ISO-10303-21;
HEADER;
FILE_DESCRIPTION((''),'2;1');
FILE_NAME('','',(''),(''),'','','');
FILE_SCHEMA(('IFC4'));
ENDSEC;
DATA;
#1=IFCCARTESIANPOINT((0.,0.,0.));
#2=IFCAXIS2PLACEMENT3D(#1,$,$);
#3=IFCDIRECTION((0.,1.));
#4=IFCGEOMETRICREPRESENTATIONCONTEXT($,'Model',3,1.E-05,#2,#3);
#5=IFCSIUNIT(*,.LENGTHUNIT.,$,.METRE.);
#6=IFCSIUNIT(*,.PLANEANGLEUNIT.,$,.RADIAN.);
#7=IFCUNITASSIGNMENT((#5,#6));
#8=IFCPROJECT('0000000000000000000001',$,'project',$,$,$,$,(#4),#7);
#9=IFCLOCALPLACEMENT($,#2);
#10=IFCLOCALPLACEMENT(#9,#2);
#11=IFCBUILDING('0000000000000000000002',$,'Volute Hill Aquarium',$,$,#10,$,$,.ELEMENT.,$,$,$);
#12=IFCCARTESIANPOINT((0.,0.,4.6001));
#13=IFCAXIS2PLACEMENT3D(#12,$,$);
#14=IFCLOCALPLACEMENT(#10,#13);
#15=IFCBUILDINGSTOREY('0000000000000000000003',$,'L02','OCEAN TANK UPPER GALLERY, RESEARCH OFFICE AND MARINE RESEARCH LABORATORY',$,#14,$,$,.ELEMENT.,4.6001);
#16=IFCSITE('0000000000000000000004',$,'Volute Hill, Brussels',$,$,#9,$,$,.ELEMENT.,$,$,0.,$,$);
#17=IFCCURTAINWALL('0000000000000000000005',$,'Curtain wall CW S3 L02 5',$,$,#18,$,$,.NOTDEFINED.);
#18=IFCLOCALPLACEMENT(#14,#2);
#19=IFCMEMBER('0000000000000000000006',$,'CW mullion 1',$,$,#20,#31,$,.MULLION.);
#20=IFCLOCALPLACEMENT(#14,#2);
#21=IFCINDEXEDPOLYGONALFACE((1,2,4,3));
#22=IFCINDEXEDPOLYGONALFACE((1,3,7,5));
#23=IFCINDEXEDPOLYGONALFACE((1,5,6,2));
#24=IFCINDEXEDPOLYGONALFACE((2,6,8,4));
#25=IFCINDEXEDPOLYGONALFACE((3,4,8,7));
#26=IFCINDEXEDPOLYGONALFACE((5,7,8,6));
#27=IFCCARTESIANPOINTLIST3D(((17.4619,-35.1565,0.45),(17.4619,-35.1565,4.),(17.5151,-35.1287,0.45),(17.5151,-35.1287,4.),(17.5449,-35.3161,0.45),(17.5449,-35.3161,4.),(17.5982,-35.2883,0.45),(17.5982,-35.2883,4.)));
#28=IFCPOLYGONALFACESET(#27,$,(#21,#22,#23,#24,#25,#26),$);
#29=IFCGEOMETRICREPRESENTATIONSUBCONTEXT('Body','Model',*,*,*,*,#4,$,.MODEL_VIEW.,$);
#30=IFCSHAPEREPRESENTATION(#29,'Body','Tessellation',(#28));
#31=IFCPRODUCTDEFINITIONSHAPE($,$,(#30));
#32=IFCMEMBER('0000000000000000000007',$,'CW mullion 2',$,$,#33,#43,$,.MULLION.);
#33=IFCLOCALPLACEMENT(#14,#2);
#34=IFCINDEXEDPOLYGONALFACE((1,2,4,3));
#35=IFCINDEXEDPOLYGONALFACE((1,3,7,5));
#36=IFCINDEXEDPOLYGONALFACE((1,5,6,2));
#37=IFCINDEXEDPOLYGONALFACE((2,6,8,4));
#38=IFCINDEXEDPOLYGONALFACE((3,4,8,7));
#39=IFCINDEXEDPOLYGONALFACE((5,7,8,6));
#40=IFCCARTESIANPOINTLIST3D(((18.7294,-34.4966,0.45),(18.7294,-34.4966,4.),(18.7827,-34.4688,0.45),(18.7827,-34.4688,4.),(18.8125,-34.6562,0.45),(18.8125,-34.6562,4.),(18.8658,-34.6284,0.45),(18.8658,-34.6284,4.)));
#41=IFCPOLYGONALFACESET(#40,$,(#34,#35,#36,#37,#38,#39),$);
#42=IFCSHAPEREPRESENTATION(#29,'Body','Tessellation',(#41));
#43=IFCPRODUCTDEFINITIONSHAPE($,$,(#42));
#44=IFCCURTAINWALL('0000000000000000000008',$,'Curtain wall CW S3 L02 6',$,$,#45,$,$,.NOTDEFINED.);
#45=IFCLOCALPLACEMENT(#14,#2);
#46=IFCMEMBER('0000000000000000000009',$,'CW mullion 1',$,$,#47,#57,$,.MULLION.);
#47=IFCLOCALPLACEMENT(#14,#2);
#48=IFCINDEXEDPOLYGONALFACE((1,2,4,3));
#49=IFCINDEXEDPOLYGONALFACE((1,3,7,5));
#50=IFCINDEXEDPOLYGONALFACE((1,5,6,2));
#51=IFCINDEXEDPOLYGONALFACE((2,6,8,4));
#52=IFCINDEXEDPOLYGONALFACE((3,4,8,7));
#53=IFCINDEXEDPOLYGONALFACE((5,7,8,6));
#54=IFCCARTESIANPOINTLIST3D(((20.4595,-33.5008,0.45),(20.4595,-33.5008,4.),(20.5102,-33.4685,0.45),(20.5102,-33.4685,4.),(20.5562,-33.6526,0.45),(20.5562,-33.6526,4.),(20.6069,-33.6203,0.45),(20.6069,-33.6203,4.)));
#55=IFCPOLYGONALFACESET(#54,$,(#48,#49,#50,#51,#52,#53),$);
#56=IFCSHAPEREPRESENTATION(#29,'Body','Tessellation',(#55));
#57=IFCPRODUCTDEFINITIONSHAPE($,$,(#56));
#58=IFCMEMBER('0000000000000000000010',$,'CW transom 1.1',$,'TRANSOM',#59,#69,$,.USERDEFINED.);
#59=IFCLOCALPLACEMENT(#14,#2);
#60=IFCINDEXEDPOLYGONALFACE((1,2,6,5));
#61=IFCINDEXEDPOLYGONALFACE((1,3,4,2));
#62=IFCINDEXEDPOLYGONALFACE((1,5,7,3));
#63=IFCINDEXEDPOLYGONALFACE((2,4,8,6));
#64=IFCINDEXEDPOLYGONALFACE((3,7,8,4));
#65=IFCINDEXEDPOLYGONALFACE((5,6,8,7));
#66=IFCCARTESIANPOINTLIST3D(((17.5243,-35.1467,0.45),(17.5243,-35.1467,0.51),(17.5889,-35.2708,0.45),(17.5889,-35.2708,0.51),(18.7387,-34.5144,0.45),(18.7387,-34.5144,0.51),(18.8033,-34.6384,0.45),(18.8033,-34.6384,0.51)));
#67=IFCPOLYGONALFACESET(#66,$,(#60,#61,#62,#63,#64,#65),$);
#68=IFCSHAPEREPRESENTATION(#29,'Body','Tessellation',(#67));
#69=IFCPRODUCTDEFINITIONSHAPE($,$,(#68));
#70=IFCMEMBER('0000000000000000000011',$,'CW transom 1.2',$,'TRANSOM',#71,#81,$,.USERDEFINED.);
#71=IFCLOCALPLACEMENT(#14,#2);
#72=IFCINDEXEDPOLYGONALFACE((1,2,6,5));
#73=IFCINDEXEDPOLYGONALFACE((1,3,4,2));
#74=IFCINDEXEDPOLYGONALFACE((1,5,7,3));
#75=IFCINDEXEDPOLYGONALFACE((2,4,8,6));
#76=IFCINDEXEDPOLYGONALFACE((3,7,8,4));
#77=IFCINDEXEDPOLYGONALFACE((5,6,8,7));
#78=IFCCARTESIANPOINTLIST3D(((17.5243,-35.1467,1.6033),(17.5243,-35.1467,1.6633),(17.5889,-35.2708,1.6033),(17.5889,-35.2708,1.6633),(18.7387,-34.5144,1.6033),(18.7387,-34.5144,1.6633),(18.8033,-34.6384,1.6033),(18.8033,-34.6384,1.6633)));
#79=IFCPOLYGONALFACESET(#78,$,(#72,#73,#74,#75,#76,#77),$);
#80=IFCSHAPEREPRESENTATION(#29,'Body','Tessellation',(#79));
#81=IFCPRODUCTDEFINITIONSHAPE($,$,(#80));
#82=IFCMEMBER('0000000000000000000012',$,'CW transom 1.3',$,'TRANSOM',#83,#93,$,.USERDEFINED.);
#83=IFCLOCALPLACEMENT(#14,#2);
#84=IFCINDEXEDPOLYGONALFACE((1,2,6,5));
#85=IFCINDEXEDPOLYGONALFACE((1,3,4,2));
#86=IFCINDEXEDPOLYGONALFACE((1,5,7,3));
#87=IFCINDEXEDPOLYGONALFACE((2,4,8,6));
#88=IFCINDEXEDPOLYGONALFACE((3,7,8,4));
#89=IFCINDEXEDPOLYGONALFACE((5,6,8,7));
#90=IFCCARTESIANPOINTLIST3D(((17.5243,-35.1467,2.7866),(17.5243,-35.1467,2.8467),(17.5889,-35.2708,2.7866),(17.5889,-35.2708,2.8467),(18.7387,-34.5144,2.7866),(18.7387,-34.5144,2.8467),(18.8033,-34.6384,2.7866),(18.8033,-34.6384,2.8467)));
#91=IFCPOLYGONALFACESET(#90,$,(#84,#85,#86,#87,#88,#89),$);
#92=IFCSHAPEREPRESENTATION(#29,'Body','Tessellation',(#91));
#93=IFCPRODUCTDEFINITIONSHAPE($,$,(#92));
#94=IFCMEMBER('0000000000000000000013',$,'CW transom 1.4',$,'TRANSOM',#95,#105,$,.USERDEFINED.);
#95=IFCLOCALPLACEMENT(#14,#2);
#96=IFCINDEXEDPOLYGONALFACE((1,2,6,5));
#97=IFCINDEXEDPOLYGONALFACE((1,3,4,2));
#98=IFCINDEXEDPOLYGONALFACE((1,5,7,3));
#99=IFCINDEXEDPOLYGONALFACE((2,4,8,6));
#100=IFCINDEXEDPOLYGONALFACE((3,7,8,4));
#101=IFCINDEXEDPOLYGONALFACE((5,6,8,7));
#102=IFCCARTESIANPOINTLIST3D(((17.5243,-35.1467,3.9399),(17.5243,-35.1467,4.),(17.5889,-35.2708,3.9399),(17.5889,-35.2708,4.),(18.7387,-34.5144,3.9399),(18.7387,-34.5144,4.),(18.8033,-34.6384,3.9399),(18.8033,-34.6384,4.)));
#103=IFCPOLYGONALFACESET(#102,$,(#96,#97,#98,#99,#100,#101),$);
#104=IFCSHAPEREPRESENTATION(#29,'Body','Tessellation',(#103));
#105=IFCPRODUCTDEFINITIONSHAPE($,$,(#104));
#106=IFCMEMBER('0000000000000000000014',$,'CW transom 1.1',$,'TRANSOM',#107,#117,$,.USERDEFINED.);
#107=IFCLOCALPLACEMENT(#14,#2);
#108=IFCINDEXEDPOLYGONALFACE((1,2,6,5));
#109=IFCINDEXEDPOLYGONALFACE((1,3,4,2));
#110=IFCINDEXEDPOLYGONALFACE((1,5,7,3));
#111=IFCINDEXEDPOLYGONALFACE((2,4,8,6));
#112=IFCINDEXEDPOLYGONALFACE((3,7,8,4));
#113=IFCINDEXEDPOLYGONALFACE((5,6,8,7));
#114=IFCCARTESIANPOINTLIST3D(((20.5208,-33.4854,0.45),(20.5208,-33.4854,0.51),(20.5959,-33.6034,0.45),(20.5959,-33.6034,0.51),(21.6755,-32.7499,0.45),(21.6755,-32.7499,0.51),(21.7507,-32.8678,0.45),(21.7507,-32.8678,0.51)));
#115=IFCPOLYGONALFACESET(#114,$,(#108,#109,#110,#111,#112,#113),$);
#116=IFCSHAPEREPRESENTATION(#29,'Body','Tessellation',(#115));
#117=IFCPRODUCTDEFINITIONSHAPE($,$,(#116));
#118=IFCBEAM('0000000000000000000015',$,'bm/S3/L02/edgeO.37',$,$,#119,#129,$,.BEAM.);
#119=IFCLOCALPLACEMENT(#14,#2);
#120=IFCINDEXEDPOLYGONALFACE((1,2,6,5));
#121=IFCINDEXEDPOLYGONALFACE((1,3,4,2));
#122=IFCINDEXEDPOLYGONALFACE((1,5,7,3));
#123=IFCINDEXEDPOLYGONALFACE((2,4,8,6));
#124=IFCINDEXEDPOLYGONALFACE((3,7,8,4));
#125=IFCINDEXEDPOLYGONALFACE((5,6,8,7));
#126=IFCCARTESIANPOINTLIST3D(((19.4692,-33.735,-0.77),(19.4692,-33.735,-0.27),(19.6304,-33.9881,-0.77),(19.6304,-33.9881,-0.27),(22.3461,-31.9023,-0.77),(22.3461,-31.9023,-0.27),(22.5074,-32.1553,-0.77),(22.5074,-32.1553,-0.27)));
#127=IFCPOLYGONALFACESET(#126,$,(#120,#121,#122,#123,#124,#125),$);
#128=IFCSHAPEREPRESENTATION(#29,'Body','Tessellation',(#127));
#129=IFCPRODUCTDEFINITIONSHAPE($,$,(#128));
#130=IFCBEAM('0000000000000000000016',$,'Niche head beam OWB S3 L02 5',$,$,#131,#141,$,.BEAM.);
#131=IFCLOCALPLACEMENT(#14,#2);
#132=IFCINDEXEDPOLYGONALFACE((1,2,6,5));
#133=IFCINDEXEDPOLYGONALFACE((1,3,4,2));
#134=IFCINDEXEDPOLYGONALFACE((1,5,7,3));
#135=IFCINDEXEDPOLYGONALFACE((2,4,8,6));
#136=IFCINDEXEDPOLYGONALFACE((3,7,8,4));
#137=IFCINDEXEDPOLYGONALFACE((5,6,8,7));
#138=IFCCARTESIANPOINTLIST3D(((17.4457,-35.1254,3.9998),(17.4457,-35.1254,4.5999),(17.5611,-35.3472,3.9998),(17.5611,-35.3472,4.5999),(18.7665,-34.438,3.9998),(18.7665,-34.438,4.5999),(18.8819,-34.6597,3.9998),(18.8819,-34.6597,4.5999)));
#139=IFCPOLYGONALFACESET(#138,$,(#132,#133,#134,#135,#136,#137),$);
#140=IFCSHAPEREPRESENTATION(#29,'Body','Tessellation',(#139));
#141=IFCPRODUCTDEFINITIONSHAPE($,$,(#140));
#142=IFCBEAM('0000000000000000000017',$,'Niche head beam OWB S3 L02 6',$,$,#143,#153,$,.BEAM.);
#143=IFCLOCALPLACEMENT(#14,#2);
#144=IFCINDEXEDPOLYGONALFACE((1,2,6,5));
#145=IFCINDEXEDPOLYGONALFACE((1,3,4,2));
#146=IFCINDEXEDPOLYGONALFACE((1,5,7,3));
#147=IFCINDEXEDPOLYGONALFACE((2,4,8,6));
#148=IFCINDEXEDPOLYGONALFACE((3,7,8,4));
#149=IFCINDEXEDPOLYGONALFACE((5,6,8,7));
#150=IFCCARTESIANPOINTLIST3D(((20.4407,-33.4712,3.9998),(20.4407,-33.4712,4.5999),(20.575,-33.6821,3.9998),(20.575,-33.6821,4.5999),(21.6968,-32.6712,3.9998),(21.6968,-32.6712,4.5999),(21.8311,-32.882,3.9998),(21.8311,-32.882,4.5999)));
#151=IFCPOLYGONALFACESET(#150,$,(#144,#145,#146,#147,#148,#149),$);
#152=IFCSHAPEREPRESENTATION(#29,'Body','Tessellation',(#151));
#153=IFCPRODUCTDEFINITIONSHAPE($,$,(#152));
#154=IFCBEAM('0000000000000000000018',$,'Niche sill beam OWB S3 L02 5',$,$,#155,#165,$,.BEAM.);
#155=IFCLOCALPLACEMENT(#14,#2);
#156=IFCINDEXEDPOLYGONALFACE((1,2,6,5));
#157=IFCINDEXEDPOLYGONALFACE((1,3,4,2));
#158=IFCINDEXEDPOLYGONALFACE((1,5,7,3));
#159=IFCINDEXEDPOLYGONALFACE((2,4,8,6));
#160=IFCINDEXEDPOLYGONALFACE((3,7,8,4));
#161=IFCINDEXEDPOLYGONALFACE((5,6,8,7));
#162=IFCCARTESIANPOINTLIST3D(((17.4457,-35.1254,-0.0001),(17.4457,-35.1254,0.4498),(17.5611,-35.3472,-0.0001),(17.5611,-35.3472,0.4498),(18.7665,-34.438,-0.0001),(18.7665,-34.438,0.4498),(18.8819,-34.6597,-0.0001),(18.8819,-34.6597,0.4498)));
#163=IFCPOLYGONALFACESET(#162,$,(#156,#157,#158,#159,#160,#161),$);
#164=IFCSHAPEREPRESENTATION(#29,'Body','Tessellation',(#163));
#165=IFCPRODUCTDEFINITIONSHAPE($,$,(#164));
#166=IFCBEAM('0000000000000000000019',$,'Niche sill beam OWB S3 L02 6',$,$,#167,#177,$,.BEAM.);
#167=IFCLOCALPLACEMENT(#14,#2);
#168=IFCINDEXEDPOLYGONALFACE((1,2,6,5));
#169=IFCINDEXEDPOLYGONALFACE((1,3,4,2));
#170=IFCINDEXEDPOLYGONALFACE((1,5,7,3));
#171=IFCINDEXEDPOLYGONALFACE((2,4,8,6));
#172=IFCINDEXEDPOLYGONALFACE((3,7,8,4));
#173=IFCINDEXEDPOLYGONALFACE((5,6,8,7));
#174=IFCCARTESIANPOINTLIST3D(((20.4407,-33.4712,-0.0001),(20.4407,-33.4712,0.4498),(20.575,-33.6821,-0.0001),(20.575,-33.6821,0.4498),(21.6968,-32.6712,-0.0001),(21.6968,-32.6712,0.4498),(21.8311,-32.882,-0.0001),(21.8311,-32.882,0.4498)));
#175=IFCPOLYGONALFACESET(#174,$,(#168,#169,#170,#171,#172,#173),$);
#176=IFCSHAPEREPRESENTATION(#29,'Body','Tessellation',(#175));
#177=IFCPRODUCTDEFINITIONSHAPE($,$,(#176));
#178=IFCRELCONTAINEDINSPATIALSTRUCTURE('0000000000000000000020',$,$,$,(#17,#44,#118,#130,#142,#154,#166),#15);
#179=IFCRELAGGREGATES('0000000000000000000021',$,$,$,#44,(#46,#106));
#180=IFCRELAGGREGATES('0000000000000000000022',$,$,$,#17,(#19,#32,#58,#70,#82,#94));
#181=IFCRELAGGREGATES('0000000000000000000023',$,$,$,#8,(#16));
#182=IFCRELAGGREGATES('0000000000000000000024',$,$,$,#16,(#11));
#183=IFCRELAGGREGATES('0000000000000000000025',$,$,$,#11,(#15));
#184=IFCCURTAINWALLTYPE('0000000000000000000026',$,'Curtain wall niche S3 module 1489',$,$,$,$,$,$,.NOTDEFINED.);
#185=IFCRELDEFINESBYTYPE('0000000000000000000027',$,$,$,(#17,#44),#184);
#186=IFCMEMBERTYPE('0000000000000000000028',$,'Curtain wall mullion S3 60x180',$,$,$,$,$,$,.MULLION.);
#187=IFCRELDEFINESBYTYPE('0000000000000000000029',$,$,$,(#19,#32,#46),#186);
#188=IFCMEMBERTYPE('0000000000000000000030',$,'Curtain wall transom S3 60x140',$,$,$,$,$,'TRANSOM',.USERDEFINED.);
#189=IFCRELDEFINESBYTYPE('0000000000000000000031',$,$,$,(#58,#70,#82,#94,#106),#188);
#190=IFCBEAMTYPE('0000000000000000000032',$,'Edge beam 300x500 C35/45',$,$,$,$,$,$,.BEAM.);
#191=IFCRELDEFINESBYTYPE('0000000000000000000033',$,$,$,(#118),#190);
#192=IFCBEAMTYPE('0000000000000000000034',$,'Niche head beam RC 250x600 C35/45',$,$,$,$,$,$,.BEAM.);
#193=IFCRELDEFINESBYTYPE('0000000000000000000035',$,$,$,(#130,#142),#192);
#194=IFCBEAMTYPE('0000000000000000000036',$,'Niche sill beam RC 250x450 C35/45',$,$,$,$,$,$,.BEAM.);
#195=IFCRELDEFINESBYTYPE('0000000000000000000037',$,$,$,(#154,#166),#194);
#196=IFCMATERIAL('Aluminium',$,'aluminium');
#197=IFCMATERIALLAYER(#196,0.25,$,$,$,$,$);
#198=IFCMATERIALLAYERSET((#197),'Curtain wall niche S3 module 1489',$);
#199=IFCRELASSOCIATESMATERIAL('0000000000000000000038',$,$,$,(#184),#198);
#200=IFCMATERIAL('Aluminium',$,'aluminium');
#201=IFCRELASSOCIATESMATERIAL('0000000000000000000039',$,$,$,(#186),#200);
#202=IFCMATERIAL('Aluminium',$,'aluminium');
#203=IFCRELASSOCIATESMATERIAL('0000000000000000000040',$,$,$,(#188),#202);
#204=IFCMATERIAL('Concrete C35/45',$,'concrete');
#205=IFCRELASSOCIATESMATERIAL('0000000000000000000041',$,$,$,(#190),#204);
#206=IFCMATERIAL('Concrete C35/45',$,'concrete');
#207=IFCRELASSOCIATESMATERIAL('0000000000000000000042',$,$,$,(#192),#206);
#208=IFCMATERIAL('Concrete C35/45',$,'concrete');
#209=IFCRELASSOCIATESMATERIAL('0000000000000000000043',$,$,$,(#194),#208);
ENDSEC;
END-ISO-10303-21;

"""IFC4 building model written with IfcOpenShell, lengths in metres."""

from ifc_helpers import new_model, si_unit, direction, frame, origin, origin_2d, place, context, subcontext, project, spatial, rectangle, extrude, material, layer, layer_set, material_profile, profile_set, type_object, element, aggregate, save


model = new_model("IFC4")

# Units and contexts
model_context = context("Model", 3, precision=1e-05, world=origin(), true_north=direction((0.0, 1.0)))
body_context = subcontext(model_context, "Body", "Model", "MODEL_VIEW")
ifc_project = project(units=[si_unit("LENGTHUNIT", "METRE"), si_unit("PLANEANGLEUNIT", "RADIAN")], contexts=[model_context])

# Site, building, storey
site_placement = place(None, origin())
site = spatial("IfcSite", under=ifc_project, at=site_placement, Name="Volute Hill, Brussels", CompositionType="ELEMENT", RefElevation=0.0)
building_placement = place(site_placement, origin())
building = spatial("IfcBuilding", under=site, at=building_placement, Name="Volute Hill Aquarium", CompositionType="ELEMENT")
storey_placement = place(building_placement, frame((0.0, 0.0, 4.6001)))
storey = spatial("IfcBuildingStorey", under=building, at=storey_placement, Name="L02", Description="OCEAN TANK UPPER GALLERY, RESEARCH OFFICE AND MARINE RESEARCH LABORATORY", CompositionType="ELEMENT", Elevation=4.6001)

# Curtain wall, members
ifc_material_1 = material(Name="Aluminium", Category="aluminium")
ifc_layer_1 = layer(ifc_material_1, 0.25)
ifc_layer_set_1 = layer_set([ifc_layer_1], Name="Curtain wall niche S3 module 1489")
curtain_wall_type = type_object("IfcCurtainWallType", Name="Curtain wall niche S3 module 1489", PredefinedType="NOTDEFINED", material=ifc_layer_set_1)
curtain_wall_1_placement = place(storey_placement, origin())
curtain_wall_1 = element("IfcCurtainWall", 1, at=curtain_wall_1_placement, inside=storey, type_object=curtain_wall_type, Name="Curtain wall CW S3 L02 5", PredefinedType="NOTDEFINED")
ifc_material_2 = material(Name="Aluminium", Category="aluminium")
ifc_material_profile_1 = material_profile(ifc_material_2, rectangle(XDim=0.1799, YDim=0.0601, at=origin_2d()), Name="Curtain wall mullion S3 60x180")
ifc_profile_set_1 = profile_set([ifc_material_profile_1], Name="Aluminium")
member_type_1 = type_object("IfcMemberType", Name="Curtain wall mullion S3 60x180", PredefinedType="MULLION", material=ifc_profile_set_1)
member_1_placement = place(storey_placement, frame((17.53, -35.2224, 0.45), z_axis=(0.0, 0.0, 1.0), x_axis=(-0.461744, 0.887013, 0.0)))
member_1 = element("IfcMember", 2, at=member_1_placement, type_object=member_type_1, Name="CW mullion 1", PredefinedType="MULLION", context=body_context, shape_type="SweptSolid", body=[
    extrude(rectangle(XDim=0.1799, YDim=0.0601, at=origin_2d()), origin(), (0.0, 0.0, 1.0), 3.55),
])
member_2_placement = place(storey_placement, frame((18.7976, -34.5625, 0.45), z_axis=(0.0, 0.0, 1.0), x_axis=(-0.461744, 0.887013, 0.0)))
member_2 = element("IfcMember", 3, at=member_2_placement, type_object=member_type_1, Name="CW mullion 2", PredefinedType="MULLION", context=body_context, shape_type="SweptSolid", body=[
    extrude(rectangle(XDim=0.1799, YDim=0.0601, at=origin_2d()), origin(), (0.0, 0.0, 1.0), 3.55),
])

# Curtain wall, member
curtain_wall_2_placement = place(storey_placement, origin())
curtain_wall_2 = element("IfcCurtainWall", 4, at=curtain_wall_2_placement, inside=storey, type_object=curtain_wall_type, Name="Curtain wall CW S3 L02 6", PredefinedType="NOTDEFINED")
member_3_placement = place(storey_placement, frame((20.5332, -33.5605, 0.45), z_axis=(0.0, 0.0, 1.0), x_axis=(-0.537307, 0.843387, 0.0)))
member_3 = element("IfcMember", 5, at=member_3_placement, type_object=member_type_1, Name="CW mullion 1", PredefinedType="MULLION", context=body_context, shape_type="SweptSolid", body=[
    extrude(rectangle(XDim=0.1799, YDim=0.0601, at=origin_2d()), origin(), (0.0, 0.0, 1.0), 3.55),
])

# Members
ifc_material_3 = material(Name="Aluminium", Category="aluminium")
ifc_material_profile_2 = material_profile(ifc_material_3, rectangle(XDim=0.1399, YDim=0.0601, at=origin_2d()), Name="Curtain wall transom S3 60x140")
ifc_profile_set_2 = profile_set([ifc_material_profile_2], Name="Aluminium")
member_type_2 = type_object("IfcMemberType", Name="Curtain wall transom S3 60x140", ElementType="TRANSOM", PredefinedType="USERDEFINED", material=ifc_profile_set_2)
member_4_placement = place(storey_placement, frame((17.5566, -35.2087, 0.48), z_axis=(0.88696, 0.461847, 0.0), x_axis=(-0.461847, 0.88696, 0.0)))
member_4 = element("IfcMember", 6, at=member_4_placement, type_object=member_type_2, Name="CW transom 1.1", ObjectType="TRANSOM", PredefinedType="USERDEFINED", context=body_context, shape_type="SweptSolid", body=[
    extrude(rectangle(XDim=0.1399, YDim=0.0601, at=origin_2d()), origin(), (0.0, 0.0, 1.0), 1.3691),
])
member_5_placement = place(storey_placement, frame((17.5566, -35.2087, 1.6333), z_axis=(0.88696, 0.461847, 0.0), x_axis=(-0.461847, 0.88696, 0.0)))
member_5 = element("IfcMember", 7, at=member_5_placement, type_object=member_type_2, Name="CW transom 1.2", ObjectType="TRANSOM", PredefinedType="USERDEFINED", context=body_context, shape_type="SweptSolid", body=[
    extrude(rectangle(XDim=0.1399, YDim=0.0601, at=origin_2d()), origin(), (0.0, 0.0, 1.0), 1.3691),
])
member_6_placement = place(storey_placement, frame((17.5566, -35.2087, 2.8167), z_axis=(0.88696, 0.461847, 0.0), x_axis=(-0.461847, 0.88696, 0.0)))
member_6 = element("IfcMember", 8, at=member_6_placement, type_object=member_type_2, Name="CW transom 1.3", ObjectType="TRANSOM", PredefinedType="USERDEFINED", context=body_context, shape_type="SweptSolid", body=[
    extrude(rectangle(XDim=0.1399, YDim=0.0601, at=origin_2d()), origin(), (0.0, 0.0, 1.0), 1.3691),
])
member_7_placement = place(storey_placement, frame((17.5566, -35.2087, 3.97), z_axis=(0.88696, 0.461847, 0.0), x_axis=(-0.461847, 0.88696, 0.0)))
member_7 = element("IfcMember", 9, at=member_7_placement, type_object=member_type_2, Name="CW transom 1.4", ObjectType="TRANSOM", PredefinedType="USERDEFINED", context=body_context, shape_type="SweptSolid", body=[
    extrude(rectangle(XDim=0.1399, YDim=0.0601, at=origin_2d()), origin(), (0.0, 0.0, 1.0), 1.3691),
])
member_8_placement = place(storey_placement, frame((20.5583, -33.5444, 0.48), z_axis=(0.843419, 0.537256, 0.0), x_axis=(-0.537256, 0.843419, 0.0)))
member_8 = element("IfcMember", 10, at=member_8_placement, type_object=member_type_2, Name="CW transom 1.1", ObjectType="TRANSOM", PredefinedType="USERDEFINED", context=body_context, shape_type="SweptSolid", body=[
    extrude(rectangle(XDim=0.1399, YDim=0.0601, at=origin_2d()), origin(), (0.0, 0.0, 1.0), 1.3691),
])
aggregate(curtain_wall_2, [member_3, member_8])

# Beams
ifc_material_4 = material(Name="Concrete C35/45", Category="concrete")
ifc_material_profile_3 = material_profile(ifc_material_4, rectangle(XDim=0.3, YDim=0.5, at=origin_2d()), Name="RC edge beam 300x500")
ifc_profile_set_3 = profile_set([ifc_material_profile_3], Name="Concrete C35/45")
beam_type_1 = type_object("IfcBeamType", Name="Edge beam 300x500 C35/45", PredefinedType="BEAM", material=ifc_profile_set_3)
beam_1_placement = place(storey_placement, frame((19.5498, -33.8616, -0.52), z_axis=(0.843399, 0.537288, 0.0), x_axis=(-0.537288, 0.843399, 0.0)))
element("IfcBeam", 11, at=beam_1_placement, inside=storey, type_object=beam_type_1, Name="bm/S3/L02/edgeO.37", PredefinedType="BEAM", context=body_context, shape_type="SweptSolid", body=[
    extrude(rectangle(XDim=0.3, YDim=0.5, at=origin_2d()), origin(), (0.0, 0.0, 1.0), 3.4111),
])
ifc_material_5 = material(Name="Concrete C35/45", Category="concrete")
ifc_material_profile_4 = material_profile(ifc_material_5, rectangle(XDim=0.25, YDim=0.6001, at=origin_2d()), Name="RC beam 250x600")
ifc_profile_set_4 = profile_set([ifc_material_profile_4], Name="Concrete C35/45")
beam_type_2 = type_object("IfcBeamType", Name="Niche head beam RC 250x600 C35/45", PredefinedType="BEAM", material=ifc_profile_set_4)
beam_2_placement = place(storey_placement, frame((17.5034, -35.2363, 4.2998), z_axis=(0.887029, 0.461714, 0.0), x_axis=(-0.461714, 0.887029, 0.0)))
element("IfcBeam", 12, at=beam_2_placement, inside=storey, type_object=beam_type_2, Name="Niche head beam OWB S3 L02 5", PredefinedType="BEAM", context=body_context, shape_type="SweptSolid", body=[
    extrude(rectangle(XDim=0.25, YDim=0.6001, at=origin_2d()), origin(), (0.0, 0.0, 1.0), 1.489),
])
beam_3_placement = place(storey_placement, frame((20.5078, -33.5767, 4.2998), z_axis=(0.843445, 0.537215, 0.0), x_axis=(-0.537215, 0.843445, 0.0)))
element("IfcBeam", 13, at=beam_3_placement, inside=storey, type_object=beam_type_2, Name="Niche head beam OWB S3 L02 6", PredefinedType="BEAM", context=body_context, shape_type="SweptSolid", body=[
    extrude(rectangle(XDim=0.25, YDim=0.6001, at=origin_2d()), origin(), (0.0, 0.0, 1.0), 1.4893),
])
ifc_material_6 = material(Name="Concrete C35/45", Category="concrete")
ifc_material_profile_5 = material_profile(ifc_material_6, rectangle(XDim=0.25, YDim=0.45, at=origin_2d()), Name="RC beam 250x450")
ifc_profile_set_5 = profile_set([ifc_material_profile_5], Name="Concrete C35/45")
beam_type_3 = type_object("IfcBeamType", Name="Niche sill beam RC 250x450 C35/45", PredefinedType="BEAM", material=ifc_profile_set_5)
beam_4_placement = place(storey_placement, frame((17.5034, -35.2363, 0.2249), z_axis=(0.887029, 0.461714, 0.0), x_axis=(-0.461714, 0.887029, 0.0)))
element("IfcBeam", 14, at=beam_4_placement, inside=storey, type_object=beam_type_3, Name="Niche sill beam OWB S3 L02 5", PredefinedType="BEAM", context=body_context, shape_type="SweptSolid", body=[
    extrude(rectangle(XDim=0.25, YDim=0.45, at=origin_2d()), origin(), (0.0, 0.0, 1.0), 1.489),
])
beam_5_placement = place(storey_placement, frame((20.5078, -33.5767, 0.2249), z_axis=(0.843445, 0.537215, 0.0), x_axis=(-0.537215, 0.843445, 0.0)))
element("IfcBeam", 15, at=beam_5_placement, inside=storey, type_object=beam_type_3, Name="Niche sill beam OWB S3 L02 6", PredefinedType="BEAM", context=body_context, shape_type="SweptSolid", body=[
    extrude(rectangle(XDim=0.25, YDim=0.45, at=origin_2d()), origin(), (0.0, 0.0, 1.0), 1.4893),
])

aggregate(curtain_wall_1, [member_1, member_2, member_4, member_5, member_6, member_7])

save(model, "model.ifc")
